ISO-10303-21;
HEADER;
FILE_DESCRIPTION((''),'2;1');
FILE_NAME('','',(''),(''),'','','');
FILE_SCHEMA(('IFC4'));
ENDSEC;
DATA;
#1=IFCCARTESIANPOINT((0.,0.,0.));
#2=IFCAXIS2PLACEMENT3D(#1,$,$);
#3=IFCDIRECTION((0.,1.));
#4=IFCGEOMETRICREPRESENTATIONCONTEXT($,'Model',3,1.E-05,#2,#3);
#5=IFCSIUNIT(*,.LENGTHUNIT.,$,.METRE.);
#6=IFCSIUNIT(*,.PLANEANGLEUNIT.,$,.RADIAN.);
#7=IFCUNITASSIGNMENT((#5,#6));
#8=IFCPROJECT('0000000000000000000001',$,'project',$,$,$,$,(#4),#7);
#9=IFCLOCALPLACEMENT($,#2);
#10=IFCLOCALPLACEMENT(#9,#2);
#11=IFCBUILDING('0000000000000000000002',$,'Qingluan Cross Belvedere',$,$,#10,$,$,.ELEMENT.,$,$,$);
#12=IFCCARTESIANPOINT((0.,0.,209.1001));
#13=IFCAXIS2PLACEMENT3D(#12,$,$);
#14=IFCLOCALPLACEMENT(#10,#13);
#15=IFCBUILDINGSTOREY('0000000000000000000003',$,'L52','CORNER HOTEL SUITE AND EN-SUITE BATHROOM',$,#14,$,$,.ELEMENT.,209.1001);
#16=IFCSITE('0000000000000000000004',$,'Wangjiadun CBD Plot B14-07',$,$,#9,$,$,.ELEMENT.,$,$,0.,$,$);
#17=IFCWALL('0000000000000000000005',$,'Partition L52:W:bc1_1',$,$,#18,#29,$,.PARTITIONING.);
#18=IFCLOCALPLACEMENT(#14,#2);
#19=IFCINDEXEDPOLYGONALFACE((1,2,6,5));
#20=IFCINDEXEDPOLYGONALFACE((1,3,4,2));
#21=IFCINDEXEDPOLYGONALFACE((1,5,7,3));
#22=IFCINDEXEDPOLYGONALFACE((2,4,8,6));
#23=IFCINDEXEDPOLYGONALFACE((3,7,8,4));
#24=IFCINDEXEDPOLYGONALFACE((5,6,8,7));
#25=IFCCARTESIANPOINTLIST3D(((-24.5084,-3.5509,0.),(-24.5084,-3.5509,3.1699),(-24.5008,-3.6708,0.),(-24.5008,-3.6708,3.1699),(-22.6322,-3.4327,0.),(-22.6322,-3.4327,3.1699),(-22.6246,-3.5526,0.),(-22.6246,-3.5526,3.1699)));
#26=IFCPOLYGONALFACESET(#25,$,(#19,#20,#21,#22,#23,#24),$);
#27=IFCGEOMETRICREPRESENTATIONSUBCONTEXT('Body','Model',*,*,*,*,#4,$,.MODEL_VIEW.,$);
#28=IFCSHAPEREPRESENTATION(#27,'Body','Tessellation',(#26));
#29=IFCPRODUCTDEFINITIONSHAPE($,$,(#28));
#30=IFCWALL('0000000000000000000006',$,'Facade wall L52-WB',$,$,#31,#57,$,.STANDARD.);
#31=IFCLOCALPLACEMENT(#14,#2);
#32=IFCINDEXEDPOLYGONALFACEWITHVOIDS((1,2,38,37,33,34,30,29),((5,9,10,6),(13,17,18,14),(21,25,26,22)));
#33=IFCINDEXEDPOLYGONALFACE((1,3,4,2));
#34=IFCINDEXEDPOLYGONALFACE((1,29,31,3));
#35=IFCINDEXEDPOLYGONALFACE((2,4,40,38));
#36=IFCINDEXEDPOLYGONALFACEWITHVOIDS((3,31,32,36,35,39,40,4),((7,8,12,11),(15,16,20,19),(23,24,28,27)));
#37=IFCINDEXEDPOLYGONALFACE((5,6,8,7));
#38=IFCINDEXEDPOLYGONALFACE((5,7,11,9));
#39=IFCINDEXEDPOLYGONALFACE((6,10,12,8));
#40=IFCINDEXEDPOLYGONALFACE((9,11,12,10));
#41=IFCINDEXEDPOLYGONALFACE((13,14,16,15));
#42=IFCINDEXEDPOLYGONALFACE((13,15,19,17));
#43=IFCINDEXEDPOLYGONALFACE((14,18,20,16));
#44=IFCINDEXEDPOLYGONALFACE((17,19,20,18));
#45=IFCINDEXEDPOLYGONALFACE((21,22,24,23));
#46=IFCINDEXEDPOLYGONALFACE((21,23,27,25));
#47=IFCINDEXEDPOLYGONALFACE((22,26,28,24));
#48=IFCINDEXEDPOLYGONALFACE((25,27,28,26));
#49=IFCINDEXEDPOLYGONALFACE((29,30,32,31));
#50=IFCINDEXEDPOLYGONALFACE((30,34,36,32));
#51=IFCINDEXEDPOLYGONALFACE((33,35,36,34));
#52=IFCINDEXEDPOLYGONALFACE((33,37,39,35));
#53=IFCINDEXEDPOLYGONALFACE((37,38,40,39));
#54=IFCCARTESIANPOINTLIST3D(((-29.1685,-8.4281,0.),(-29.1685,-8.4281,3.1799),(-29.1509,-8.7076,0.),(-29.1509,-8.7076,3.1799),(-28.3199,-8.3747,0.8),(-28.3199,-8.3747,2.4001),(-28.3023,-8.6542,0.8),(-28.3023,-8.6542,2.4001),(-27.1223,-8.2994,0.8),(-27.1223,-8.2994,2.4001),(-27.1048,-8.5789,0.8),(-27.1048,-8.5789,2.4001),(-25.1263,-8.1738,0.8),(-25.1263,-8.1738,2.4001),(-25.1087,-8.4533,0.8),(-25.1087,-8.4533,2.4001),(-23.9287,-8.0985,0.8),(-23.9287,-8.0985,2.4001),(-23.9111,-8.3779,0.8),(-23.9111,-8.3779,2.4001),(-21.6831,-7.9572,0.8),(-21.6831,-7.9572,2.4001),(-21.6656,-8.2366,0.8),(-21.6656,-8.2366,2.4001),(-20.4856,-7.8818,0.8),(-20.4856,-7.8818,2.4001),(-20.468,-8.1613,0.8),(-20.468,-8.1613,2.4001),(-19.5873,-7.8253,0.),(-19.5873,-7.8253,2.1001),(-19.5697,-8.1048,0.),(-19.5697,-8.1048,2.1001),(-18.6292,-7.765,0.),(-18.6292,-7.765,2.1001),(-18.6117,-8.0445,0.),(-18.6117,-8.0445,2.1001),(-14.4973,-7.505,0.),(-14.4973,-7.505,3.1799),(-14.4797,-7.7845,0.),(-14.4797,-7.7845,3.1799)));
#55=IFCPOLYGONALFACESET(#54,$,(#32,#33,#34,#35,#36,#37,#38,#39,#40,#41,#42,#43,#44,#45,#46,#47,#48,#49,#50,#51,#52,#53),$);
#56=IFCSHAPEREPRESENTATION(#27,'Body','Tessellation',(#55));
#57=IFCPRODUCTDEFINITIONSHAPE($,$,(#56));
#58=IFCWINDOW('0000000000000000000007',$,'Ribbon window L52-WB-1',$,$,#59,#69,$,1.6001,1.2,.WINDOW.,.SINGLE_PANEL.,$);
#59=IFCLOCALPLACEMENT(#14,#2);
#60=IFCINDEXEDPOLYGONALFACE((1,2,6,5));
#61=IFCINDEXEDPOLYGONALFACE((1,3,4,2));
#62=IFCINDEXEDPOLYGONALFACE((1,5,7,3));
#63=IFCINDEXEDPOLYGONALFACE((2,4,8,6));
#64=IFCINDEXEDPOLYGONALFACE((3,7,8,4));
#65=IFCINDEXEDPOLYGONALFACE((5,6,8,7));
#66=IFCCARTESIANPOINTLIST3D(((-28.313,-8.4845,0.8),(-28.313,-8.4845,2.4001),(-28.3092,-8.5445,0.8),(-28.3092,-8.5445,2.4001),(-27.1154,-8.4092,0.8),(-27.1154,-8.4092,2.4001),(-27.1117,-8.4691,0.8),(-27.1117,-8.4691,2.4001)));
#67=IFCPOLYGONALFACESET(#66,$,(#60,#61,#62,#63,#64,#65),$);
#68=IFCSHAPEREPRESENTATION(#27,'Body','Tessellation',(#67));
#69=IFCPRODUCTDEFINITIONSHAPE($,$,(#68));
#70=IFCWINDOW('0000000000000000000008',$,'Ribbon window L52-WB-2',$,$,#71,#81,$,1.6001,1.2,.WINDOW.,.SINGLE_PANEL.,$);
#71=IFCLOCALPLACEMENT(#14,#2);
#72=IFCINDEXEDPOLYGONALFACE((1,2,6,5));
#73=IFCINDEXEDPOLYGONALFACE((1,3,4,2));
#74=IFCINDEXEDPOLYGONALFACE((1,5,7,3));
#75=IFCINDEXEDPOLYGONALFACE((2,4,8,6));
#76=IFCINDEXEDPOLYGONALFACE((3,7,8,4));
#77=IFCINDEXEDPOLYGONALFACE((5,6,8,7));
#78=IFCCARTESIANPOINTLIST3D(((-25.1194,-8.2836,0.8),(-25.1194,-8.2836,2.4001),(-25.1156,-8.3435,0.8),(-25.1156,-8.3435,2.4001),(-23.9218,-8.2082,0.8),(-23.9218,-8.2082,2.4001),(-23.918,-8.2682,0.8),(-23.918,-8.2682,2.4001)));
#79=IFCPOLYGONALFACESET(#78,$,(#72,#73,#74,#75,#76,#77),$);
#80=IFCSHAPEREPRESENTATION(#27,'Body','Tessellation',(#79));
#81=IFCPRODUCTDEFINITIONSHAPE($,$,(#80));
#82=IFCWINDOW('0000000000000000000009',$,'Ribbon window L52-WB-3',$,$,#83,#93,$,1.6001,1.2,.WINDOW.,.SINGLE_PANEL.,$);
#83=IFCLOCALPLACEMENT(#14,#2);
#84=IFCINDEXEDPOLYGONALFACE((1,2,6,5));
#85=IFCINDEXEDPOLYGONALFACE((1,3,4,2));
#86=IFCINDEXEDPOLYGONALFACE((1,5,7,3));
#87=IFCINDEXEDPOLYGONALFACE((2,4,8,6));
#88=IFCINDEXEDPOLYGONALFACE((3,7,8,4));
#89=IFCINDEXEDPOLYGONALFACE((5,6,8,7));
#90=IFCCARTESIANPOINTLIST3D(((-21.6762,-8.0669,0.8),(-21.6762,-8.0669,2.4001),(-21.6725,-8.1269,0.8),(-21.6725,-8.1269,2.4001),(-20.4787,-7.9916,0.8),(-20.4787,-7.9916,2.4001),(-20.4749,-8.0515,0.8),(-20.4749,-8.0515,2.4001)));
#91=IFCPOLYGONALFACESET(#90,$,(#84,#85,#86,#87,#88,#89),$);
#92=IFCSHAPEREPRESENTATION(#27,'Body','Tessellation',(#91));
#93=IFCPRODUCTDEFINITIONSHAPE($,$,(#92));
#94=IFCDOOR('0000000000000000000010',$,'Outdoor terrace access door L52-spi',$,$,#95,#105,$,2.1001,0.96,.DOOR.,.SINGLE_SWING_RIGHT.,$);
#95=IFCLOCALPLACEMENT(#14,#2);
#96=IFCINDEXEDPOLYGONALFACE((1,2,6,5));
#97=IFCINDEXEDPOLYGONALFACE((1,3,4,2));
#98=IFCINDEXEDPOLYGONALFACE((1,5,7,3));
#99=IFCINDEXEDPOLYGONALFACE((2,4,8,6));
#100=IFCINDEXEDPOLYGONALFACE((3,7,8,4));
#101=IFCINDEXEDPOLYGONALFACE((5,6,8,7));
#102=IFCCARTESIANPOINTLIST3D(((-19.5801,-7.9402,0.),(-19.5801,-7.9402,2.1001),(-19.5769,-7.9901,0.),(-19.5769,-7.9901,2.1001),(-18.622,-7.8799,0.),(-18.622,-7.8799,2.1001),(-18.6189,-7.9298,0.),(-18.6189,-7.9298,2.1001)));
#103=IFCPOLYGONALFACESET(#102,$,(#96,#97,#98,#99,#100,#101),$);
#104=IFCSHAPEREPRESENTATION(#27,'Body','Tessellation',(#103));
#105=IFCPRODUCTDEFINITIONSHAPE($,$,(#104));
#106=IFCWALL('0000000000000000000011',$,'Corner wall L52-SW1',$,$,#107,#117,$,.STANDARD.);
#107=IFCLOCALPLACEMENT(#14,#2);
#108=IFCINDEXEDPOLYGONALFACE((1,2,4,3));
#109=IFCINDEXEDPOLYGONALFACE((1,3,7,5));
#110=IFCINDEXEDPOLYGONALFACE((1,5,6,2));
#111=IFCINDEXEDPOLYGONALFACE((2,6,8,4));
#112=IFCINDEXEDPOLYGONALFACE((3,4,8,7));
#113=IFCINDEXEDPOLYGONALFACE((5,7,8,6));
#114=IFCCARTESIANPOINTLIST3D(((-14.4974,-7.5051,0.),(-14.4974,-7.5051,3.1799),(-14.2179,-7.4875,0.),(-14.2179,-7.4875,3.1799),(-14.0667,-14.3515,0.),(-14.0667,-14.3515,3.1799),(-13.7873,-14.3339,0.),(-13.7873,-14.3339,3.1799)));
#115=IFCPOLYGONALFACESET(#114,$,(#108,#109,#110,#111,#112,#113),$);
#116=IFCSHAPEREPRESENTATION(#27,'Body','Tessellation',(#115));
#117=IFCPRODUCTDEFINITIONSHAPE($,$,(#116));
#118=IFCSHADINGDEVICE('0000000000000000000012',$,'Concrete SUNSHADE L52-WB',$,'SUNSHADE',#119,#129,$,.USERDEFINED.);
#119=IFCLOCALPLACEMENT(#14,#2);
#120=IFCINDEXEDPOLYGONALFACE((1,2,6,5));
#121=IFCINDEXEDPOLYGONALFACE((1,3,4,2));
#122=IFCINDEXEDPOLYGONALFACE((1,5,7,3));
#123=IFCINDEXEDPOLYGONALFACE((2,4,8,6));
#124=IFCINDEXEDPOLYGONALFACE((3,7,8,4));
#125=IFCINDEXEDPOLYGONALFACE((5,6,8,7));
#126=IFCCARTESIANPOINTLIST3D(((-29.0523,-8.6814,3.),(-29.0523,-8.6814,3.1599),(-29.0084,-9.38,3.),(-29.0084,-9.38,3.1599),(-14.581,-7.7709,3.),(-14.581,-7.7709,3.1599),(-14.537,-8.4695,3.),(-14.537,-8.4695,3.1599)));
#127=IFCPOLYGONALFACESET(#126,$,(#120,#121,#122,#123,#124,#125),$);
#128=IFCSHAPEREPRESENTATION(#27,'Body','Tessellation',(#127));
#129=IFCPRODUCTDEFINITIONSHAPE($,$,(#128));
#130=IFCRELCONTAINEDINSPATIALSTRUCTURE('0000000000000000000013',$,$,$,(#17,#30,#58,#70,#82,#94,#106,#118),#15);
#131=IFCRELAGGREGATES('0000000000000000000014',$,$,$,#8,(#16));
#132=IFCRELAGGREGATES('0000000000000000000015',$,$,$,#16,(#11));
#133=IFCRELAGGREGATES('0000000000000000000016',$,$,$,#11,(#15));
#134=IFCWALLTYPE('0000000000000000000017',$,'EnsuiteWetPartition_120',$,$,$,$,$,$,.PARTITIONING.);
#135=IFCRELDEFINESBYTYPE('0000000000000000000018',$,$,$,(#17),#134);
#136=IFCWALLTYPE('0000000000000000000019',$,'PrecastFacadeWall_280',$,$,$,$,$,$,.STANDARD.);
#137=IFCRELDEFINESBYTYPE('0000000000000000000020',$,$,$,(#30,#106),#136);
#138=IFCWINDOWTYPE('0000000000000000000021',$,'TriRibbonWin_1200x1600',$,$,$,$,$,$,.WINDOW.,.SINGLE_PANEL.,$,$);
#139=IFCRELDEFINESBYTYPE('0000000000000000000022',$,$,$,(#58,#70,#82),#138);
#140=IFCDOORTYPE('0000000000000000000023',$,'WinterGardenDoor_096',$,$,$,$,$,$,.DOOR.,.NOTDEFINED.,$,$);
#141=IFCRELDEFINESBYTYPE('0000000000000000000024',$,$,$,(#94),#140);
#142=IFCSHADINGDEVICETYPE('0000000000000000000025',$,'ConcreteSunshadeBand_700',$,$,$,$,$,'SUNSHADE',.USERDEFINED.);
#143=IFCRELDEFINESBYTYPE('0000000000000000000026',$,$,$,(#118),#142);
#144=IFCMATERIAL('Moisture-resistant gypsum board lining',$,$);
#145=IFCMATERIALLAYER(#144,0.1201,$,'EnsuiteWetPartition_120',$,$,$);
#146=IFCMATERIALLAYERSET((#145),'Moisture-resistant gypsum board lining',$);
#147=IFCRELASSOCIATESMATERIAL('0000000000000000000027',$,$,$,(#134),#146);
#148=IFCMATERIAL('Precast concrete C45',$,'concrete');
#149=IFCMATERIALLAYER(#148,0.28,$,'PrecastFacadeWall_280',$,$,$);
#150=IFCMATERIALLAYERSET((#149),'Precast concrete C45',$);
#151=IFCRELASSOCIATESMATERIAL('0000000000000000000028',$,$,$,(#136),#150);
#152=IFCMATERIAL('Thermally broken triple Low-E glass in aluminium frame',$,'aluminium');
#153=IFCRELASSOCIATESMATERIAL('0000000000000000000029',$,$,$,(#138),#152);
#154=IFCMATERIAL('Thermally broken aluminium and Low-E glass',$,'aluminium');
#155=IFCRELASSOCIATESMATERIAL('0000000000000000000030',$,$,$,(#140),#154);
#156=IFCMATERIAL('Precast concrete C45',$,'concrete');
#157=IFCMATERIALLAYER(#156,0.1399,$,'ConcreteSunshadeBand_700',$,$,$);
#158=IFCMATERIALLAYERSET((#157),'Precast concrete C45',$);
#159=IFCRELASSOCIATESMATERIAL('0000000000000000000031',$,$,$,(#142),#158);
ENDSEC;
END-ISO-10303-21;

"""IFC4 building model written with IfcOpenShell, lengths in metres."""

from ifc_helpers import new_model, si_unit, direction, frame, frame_2d, origin, origin_2d, place, context, subcontext, project, spatial, rectangle, extrude, material, layer, layer_set, type_object, element, fill, save


model = new_model("IFC4")

# Units and contexts
model_context = context("Model", 3, precision=1e-05, world=origin(), true_north=direction((0.0, 1.0)))
body_context = subcontext(model_context, "Body", "Model", "MODEL_VIEW")
ifc_project = project(units=[si_unit("LENGTHUNIT", "METRE"), si_unit("PLANEANGLEUNIT", "RADIAN")], contexts=[model_context])

# Site, building, storey
site_placement = place(None, origin())
site = spatial("IfcSite", under=ifc_project, at=site_placement, Name="Wangjiadun CBD Plot B14-07", CompositionType="ELEMENT", RefElevation=0.0)
building_placement = place(site_placement, origin())
building = spatial("IfcBuilding", under=site, at=building_placement, Name="Qingluan Cross Belvedere", CompositionType="ELEMENT")
storey_placement = place(building_placement, frame((0.0, 0.0, 209.1001)))
storey = spatial("IfcBuildingStorey", under=building, at=storey_placement, Name="L52", Description="CORNER HOTEL SUITE AND EN-SUITE BATHROOM", CompositionType="ELEMENT", Elevation=209.1001)

# Shared definitions
ifc_material_1 = material(Name="Moisture-resistant gypsum board lining")
ifc_layer_1 = layer(ifc_material_1, 0.1201, Name="EnsuiteWetPartition_120")
ifc_layer_set_1 = layer_set([ifc_layer_1], Name="Moisture-resistant gypsum board lining")
wall_type_1 = type_object("IfcWallType", Name="EnsuiteWetPartition_120", PredefinedType="PARTITIONING", material=ifc_layer_set_1)

# Wall
wall_1_placement = place(storey_placement, frame((-22.6284, -3.4927, 0.0), z_axis=(0.0, 0.0, 1.0), x_axis=(-0.998023, -0.062855, 0.0)))
element("IfcWall", 1, at=wall_1_placement, inside=storey, type_object=wall_type_1, Name="Partition L52:W:bc1_1", PredefinedType="PARTITIONING", context=body_context, shape_type="SweptSolid", body=[
    extrude(rectangle(XDim=1.8799, YDim=0.1201, at=frame_2d((0.9399, 0.0))), origin(), (0.0, 0.0, 1.0), 3.1699),
])

# Wall, openings, windows, door
ifc_material_2 = material(Name="Precast concrete C45", Category="concrete")
ifc_layer_2 = layer(ifc_material_2, 0.28, Name="PrecastFacadeWall_280")
ifc_layer_set_2 = layer_set([ifc_layer_2], Name="Precast concrete C45")
wall_type_2 = type_object("IfcWallType", Name="PrecastFacadeWall_280", PredefinedType="STANDARD", material=ifc_layer_set_2)
wall_2_placement = place(storey_placement, frame((-29.1597, -8.5679, 0.0), z_axis=(0.0, 0.0, 1.0), x_axis=(0.998026, 0.062795, 0.0)))
wall_2 = element("IfcWall", 2, at=wall_2_placement, inside=storey, type_object=wall_type_2, Name="Facade wall L52-WB", PredefinedType="STANDARD", context=body_context, shape_type="SweptSolid", body=[
    extrude(rectangle(XDim=14.7002, YDim=0.28, at=frame_2d((7.3501, 0.0))), origin(), (0.0, 0.0, 1.0), 3.1799),
])
opening_1_placement = place(wall_2_placement, frame((0.8501, 0.0, 0.8)))
opening_1 = element("IfcOpeningElement", 3, at=opening_1_placement, cuts=wall_2, PredefinedType="OPENING", context=body_context, shape_type="SweptSolid", body=[
    extrude(rectangle(XDim=1.2, YDim=1.6001, at=frame_2d((0.6001, 0.8))), frame((0.0, 0.1499, 0.0), z_axis=(0.0, -1.0, 0.0), x_axis=(1.0, 0.0, 0.0)), (0.0, 0.0, 1.0), 0.3),
])
opening_2_placement = place(wall_2_placement, frame((4.05, 0.0, 0.8)))
opening_2 = element("IfcOpeningElement", 4, at=opening_2_placement, cuts=wall_2, PredefinedType="OPENING", context=body_context, shape_type="SweptSolid", body=[
    extrude(rectangle(XDim=1.2, YDim=1.6001, at=frame_2d((0.6001, 0.8))), frame((0.0, 0.1499, 0.0), z_axis=(0.0, -1.0, 0.0), x_axis=(1.0, 0.0, 0.0)), (0.0, 0.0, 1.0), 0.3),
])
opening_3_placement = place(wall_2_placement, frame((7.5, 0.0, 0.8)))
opening_3 = element("IfcOpeningElement", 5, at=opening_3_placement, cuts=wall_2, PredefinedType="OPENING", context=body_context, shape_type="SweptSolid", body=[
    extrude(rectangle(XDim=1.2, YDim=1.6001, at=frame_2d((0.6001, 0.8))), frame((0.0, 0.1499, 0.0), z_axis=(0.0, -1.0, 0.0), x_axis=(1.0, 0.0, 0.0)), (0.0, 0.0, 1.0), 0.3),
])
opening_4_placement = place(wall_2_placement, frame((9.6001, 0.0, 0.0)))
opening_4 = element("IfcOpeningElement", 6, at=opening_4_placement, cuts=wall_2, PredefinedType="OPENING", context=body_context, shape_type="SweptSolid", body=[
    extrude(rectangle(XDim=0.96, YDim=2.1001, at=frame_2d((0.48, 1.05))), frame((0.0, 0.1499, 0.0), z_axis=(0.0, -1.0, 0.0), x_axis=(1.0, 0.0, 0.0)), (0.0, 0.0, 1.0), 0.3),
])
ifc_material_3 = material(Name="Thermally broken triple Low-E glass in aluminium frame", Category="aluminium")
window_type = type_object("IfcWindowType", Name="TriRibbonWin_1200x1600", PartitioningType="SINGLE_PANEL", PredefinedType="WINDOW", material=ifc_material_3)
window_1_placement = place(opening_1_placement, origin())
window_1 = element("IfcWindow", 7, at=window_1_placement, inside=storey, type_object=window_type, Name="Ribbon window L52-WB-1", OverallHeight=1.6001, OverallWidth=1.2, PartitioningType="SINGLE_PANEL", PredefinedType="WINDOW", context=body_context, shape_type="SweptSolid", body=[
    extrude(rectangle(XDim=1.2, YDim=1.6001, at=frame_2d((0.6001, 0.8))), frame((0.0, 0.03, 0.0), z_axis=(0.0, -1.0, 0.0), x_axis=(1.0, 0.0, 0.0)), (0.0, 0.0, 1.0), 0.0601),
])
fill(opening_1, window_1)
window_2_placement = place(opening_2_placement, origin())
window_2 = element("IfcWindow", 8, at=window_2_placement, inside=storey, type_object=window_type, Name="Ribbon window L52-WB-2", OverallHeight=1.6001, OverallWidth=1.2, PartitioningType="SINGLE_PANEL", PredefinedType="WINDOW", context=body_context, shape_type="SweptSolid", body=[
    extrude(rectangle(XDim=1.2, YDim=1.6001, at=frame_2d((0.6001, 0.8))), frame((0.0, 0.03, 0.0), z_axis=(0.0, -1.0, 0.0), x_axis=(1.0, 0.0, 0.0)), (0.0, 0.0, 1.0), 0.0601),
])
fill(opening_2, window_2)
window_3_placement = place(opening_3_placement, origin())
window_3 = element("IfcWindow", 9, at=window_3_placement, inside=storey, type_object=window_type, Name="Ribbon window L52-WB-3", OverallHeight=1.6001, OverallWidth=1.2, PartitioningType="SINGLE_PANEL", PredefinedType="WINDOW", context=body_context, shape_type="SweptSolid", body=[
    extrude(rectangle(XDim=1.2, YDim=1.6001, at=frame_2d((0.6001, 0.8))), frame((0.0, 0.03, 0.0), z_axis=(0.0, -1.0, 0.0), x_axis=(1.0, 0.0, 0.0)), (0.0, 0.0, 1.0), 0.0601),
])
fill(opening_3, window_3)
ifc_material_4 = material(Name="Thermally broken aluminium and Low-E glass", Category="aluminium")
door_type_1 = type_object("IfcDoorType", Name="WinterGardenDoor_096", OperationType="NOTDEFINED", PredefinedType="DOOR", material=ifc_material_4)
door_1_placement = place(opening_4_placement, origin())
door_1 = element("IfcDoor", 10, at=door_1_placement, inside=storey, type_object=door_type_1, Name="Outdoor terrace access door L52-spi", OperationType="SINGLE_SWING_RIGHT", OverallHeight=2.1001, OverallWidth=0.96, PredefinedType="DOOR", context=body_context, shape_type="SweptSolid", body=[
    extrude(rectangle(XDim=0.96, YDim=2.1001, at=frame_2d((0.48, 1.05))), frame((0.0, 0.0249, 0.0), z_axis=(0.0, -1.0, 0.0), x_axis=(1.0, 0.0, 0.0)), (0.0, 0.0, 1.0), 0.05),
])
fill(opening_4, door_1)

# Wall
wall_3_placement = place(storey_placement, frame((-14.3577, -7.4963, 0.0), z_axis=(0.0, 0.0, 1.0), x_axis=(0.062779, -0.998027, 0.0)))
element("IfcWall", 11, at=wall_3_placement, inside=storey, type_object=wall_type_2, Name="Corner wall L52-SW1", PredefinedType="STANDARD", context=body_context, shape_type="SweptSolid", body=[
    extrude(rectangle(XDim=6.8599, YDim=0.28, at=frame_2d((3.4299, 0.0))), origin(), (0.0, 0.0, 1.0), 3.1799),
])

# Shading device
ifc_material_5 = material(Name="Precast concrete C45", Category="concrete")
ifc_layer_3 = layer(ifc_material_5, 0.1399, Name="ConcreteSunshadeBand_700")
ifc_layer_set_3 = layer_set([ifc_layer_3], Name="Precast concrete C45")
shading_device_type = type_object("IfcShadingDeviceType", Name="ConcreteSunshadeBand_700", ElementType="SUNSHADE", PredefinedType="USERDEFINED", material=ifc_layer_set_3)
shading_device_placement = place(storey_placement, frame((-21.7947, -8.5754, 3.0), z_axis=(0.0, 0.0, 1.0), x_axis=(0.998026, 0.062796, 0.0)))
element("IfcShadingDevice", 12, at=shading_device_placement, inside=storey, type_object=shading_device_type, Name="Concrete SUNSHADE L52-WB", ObjectType="SUNSHADE", PredefinedType="USERDEFINED", context=body_context, shape_type="SweptSolid", body=[
    extrude(rectangle(XDim=14.5, YDim=0.7, at=origin_2d()), origin(), (0.0, 0.0, 1.0), 0.1599),
])

save(model, "model.ifc")
